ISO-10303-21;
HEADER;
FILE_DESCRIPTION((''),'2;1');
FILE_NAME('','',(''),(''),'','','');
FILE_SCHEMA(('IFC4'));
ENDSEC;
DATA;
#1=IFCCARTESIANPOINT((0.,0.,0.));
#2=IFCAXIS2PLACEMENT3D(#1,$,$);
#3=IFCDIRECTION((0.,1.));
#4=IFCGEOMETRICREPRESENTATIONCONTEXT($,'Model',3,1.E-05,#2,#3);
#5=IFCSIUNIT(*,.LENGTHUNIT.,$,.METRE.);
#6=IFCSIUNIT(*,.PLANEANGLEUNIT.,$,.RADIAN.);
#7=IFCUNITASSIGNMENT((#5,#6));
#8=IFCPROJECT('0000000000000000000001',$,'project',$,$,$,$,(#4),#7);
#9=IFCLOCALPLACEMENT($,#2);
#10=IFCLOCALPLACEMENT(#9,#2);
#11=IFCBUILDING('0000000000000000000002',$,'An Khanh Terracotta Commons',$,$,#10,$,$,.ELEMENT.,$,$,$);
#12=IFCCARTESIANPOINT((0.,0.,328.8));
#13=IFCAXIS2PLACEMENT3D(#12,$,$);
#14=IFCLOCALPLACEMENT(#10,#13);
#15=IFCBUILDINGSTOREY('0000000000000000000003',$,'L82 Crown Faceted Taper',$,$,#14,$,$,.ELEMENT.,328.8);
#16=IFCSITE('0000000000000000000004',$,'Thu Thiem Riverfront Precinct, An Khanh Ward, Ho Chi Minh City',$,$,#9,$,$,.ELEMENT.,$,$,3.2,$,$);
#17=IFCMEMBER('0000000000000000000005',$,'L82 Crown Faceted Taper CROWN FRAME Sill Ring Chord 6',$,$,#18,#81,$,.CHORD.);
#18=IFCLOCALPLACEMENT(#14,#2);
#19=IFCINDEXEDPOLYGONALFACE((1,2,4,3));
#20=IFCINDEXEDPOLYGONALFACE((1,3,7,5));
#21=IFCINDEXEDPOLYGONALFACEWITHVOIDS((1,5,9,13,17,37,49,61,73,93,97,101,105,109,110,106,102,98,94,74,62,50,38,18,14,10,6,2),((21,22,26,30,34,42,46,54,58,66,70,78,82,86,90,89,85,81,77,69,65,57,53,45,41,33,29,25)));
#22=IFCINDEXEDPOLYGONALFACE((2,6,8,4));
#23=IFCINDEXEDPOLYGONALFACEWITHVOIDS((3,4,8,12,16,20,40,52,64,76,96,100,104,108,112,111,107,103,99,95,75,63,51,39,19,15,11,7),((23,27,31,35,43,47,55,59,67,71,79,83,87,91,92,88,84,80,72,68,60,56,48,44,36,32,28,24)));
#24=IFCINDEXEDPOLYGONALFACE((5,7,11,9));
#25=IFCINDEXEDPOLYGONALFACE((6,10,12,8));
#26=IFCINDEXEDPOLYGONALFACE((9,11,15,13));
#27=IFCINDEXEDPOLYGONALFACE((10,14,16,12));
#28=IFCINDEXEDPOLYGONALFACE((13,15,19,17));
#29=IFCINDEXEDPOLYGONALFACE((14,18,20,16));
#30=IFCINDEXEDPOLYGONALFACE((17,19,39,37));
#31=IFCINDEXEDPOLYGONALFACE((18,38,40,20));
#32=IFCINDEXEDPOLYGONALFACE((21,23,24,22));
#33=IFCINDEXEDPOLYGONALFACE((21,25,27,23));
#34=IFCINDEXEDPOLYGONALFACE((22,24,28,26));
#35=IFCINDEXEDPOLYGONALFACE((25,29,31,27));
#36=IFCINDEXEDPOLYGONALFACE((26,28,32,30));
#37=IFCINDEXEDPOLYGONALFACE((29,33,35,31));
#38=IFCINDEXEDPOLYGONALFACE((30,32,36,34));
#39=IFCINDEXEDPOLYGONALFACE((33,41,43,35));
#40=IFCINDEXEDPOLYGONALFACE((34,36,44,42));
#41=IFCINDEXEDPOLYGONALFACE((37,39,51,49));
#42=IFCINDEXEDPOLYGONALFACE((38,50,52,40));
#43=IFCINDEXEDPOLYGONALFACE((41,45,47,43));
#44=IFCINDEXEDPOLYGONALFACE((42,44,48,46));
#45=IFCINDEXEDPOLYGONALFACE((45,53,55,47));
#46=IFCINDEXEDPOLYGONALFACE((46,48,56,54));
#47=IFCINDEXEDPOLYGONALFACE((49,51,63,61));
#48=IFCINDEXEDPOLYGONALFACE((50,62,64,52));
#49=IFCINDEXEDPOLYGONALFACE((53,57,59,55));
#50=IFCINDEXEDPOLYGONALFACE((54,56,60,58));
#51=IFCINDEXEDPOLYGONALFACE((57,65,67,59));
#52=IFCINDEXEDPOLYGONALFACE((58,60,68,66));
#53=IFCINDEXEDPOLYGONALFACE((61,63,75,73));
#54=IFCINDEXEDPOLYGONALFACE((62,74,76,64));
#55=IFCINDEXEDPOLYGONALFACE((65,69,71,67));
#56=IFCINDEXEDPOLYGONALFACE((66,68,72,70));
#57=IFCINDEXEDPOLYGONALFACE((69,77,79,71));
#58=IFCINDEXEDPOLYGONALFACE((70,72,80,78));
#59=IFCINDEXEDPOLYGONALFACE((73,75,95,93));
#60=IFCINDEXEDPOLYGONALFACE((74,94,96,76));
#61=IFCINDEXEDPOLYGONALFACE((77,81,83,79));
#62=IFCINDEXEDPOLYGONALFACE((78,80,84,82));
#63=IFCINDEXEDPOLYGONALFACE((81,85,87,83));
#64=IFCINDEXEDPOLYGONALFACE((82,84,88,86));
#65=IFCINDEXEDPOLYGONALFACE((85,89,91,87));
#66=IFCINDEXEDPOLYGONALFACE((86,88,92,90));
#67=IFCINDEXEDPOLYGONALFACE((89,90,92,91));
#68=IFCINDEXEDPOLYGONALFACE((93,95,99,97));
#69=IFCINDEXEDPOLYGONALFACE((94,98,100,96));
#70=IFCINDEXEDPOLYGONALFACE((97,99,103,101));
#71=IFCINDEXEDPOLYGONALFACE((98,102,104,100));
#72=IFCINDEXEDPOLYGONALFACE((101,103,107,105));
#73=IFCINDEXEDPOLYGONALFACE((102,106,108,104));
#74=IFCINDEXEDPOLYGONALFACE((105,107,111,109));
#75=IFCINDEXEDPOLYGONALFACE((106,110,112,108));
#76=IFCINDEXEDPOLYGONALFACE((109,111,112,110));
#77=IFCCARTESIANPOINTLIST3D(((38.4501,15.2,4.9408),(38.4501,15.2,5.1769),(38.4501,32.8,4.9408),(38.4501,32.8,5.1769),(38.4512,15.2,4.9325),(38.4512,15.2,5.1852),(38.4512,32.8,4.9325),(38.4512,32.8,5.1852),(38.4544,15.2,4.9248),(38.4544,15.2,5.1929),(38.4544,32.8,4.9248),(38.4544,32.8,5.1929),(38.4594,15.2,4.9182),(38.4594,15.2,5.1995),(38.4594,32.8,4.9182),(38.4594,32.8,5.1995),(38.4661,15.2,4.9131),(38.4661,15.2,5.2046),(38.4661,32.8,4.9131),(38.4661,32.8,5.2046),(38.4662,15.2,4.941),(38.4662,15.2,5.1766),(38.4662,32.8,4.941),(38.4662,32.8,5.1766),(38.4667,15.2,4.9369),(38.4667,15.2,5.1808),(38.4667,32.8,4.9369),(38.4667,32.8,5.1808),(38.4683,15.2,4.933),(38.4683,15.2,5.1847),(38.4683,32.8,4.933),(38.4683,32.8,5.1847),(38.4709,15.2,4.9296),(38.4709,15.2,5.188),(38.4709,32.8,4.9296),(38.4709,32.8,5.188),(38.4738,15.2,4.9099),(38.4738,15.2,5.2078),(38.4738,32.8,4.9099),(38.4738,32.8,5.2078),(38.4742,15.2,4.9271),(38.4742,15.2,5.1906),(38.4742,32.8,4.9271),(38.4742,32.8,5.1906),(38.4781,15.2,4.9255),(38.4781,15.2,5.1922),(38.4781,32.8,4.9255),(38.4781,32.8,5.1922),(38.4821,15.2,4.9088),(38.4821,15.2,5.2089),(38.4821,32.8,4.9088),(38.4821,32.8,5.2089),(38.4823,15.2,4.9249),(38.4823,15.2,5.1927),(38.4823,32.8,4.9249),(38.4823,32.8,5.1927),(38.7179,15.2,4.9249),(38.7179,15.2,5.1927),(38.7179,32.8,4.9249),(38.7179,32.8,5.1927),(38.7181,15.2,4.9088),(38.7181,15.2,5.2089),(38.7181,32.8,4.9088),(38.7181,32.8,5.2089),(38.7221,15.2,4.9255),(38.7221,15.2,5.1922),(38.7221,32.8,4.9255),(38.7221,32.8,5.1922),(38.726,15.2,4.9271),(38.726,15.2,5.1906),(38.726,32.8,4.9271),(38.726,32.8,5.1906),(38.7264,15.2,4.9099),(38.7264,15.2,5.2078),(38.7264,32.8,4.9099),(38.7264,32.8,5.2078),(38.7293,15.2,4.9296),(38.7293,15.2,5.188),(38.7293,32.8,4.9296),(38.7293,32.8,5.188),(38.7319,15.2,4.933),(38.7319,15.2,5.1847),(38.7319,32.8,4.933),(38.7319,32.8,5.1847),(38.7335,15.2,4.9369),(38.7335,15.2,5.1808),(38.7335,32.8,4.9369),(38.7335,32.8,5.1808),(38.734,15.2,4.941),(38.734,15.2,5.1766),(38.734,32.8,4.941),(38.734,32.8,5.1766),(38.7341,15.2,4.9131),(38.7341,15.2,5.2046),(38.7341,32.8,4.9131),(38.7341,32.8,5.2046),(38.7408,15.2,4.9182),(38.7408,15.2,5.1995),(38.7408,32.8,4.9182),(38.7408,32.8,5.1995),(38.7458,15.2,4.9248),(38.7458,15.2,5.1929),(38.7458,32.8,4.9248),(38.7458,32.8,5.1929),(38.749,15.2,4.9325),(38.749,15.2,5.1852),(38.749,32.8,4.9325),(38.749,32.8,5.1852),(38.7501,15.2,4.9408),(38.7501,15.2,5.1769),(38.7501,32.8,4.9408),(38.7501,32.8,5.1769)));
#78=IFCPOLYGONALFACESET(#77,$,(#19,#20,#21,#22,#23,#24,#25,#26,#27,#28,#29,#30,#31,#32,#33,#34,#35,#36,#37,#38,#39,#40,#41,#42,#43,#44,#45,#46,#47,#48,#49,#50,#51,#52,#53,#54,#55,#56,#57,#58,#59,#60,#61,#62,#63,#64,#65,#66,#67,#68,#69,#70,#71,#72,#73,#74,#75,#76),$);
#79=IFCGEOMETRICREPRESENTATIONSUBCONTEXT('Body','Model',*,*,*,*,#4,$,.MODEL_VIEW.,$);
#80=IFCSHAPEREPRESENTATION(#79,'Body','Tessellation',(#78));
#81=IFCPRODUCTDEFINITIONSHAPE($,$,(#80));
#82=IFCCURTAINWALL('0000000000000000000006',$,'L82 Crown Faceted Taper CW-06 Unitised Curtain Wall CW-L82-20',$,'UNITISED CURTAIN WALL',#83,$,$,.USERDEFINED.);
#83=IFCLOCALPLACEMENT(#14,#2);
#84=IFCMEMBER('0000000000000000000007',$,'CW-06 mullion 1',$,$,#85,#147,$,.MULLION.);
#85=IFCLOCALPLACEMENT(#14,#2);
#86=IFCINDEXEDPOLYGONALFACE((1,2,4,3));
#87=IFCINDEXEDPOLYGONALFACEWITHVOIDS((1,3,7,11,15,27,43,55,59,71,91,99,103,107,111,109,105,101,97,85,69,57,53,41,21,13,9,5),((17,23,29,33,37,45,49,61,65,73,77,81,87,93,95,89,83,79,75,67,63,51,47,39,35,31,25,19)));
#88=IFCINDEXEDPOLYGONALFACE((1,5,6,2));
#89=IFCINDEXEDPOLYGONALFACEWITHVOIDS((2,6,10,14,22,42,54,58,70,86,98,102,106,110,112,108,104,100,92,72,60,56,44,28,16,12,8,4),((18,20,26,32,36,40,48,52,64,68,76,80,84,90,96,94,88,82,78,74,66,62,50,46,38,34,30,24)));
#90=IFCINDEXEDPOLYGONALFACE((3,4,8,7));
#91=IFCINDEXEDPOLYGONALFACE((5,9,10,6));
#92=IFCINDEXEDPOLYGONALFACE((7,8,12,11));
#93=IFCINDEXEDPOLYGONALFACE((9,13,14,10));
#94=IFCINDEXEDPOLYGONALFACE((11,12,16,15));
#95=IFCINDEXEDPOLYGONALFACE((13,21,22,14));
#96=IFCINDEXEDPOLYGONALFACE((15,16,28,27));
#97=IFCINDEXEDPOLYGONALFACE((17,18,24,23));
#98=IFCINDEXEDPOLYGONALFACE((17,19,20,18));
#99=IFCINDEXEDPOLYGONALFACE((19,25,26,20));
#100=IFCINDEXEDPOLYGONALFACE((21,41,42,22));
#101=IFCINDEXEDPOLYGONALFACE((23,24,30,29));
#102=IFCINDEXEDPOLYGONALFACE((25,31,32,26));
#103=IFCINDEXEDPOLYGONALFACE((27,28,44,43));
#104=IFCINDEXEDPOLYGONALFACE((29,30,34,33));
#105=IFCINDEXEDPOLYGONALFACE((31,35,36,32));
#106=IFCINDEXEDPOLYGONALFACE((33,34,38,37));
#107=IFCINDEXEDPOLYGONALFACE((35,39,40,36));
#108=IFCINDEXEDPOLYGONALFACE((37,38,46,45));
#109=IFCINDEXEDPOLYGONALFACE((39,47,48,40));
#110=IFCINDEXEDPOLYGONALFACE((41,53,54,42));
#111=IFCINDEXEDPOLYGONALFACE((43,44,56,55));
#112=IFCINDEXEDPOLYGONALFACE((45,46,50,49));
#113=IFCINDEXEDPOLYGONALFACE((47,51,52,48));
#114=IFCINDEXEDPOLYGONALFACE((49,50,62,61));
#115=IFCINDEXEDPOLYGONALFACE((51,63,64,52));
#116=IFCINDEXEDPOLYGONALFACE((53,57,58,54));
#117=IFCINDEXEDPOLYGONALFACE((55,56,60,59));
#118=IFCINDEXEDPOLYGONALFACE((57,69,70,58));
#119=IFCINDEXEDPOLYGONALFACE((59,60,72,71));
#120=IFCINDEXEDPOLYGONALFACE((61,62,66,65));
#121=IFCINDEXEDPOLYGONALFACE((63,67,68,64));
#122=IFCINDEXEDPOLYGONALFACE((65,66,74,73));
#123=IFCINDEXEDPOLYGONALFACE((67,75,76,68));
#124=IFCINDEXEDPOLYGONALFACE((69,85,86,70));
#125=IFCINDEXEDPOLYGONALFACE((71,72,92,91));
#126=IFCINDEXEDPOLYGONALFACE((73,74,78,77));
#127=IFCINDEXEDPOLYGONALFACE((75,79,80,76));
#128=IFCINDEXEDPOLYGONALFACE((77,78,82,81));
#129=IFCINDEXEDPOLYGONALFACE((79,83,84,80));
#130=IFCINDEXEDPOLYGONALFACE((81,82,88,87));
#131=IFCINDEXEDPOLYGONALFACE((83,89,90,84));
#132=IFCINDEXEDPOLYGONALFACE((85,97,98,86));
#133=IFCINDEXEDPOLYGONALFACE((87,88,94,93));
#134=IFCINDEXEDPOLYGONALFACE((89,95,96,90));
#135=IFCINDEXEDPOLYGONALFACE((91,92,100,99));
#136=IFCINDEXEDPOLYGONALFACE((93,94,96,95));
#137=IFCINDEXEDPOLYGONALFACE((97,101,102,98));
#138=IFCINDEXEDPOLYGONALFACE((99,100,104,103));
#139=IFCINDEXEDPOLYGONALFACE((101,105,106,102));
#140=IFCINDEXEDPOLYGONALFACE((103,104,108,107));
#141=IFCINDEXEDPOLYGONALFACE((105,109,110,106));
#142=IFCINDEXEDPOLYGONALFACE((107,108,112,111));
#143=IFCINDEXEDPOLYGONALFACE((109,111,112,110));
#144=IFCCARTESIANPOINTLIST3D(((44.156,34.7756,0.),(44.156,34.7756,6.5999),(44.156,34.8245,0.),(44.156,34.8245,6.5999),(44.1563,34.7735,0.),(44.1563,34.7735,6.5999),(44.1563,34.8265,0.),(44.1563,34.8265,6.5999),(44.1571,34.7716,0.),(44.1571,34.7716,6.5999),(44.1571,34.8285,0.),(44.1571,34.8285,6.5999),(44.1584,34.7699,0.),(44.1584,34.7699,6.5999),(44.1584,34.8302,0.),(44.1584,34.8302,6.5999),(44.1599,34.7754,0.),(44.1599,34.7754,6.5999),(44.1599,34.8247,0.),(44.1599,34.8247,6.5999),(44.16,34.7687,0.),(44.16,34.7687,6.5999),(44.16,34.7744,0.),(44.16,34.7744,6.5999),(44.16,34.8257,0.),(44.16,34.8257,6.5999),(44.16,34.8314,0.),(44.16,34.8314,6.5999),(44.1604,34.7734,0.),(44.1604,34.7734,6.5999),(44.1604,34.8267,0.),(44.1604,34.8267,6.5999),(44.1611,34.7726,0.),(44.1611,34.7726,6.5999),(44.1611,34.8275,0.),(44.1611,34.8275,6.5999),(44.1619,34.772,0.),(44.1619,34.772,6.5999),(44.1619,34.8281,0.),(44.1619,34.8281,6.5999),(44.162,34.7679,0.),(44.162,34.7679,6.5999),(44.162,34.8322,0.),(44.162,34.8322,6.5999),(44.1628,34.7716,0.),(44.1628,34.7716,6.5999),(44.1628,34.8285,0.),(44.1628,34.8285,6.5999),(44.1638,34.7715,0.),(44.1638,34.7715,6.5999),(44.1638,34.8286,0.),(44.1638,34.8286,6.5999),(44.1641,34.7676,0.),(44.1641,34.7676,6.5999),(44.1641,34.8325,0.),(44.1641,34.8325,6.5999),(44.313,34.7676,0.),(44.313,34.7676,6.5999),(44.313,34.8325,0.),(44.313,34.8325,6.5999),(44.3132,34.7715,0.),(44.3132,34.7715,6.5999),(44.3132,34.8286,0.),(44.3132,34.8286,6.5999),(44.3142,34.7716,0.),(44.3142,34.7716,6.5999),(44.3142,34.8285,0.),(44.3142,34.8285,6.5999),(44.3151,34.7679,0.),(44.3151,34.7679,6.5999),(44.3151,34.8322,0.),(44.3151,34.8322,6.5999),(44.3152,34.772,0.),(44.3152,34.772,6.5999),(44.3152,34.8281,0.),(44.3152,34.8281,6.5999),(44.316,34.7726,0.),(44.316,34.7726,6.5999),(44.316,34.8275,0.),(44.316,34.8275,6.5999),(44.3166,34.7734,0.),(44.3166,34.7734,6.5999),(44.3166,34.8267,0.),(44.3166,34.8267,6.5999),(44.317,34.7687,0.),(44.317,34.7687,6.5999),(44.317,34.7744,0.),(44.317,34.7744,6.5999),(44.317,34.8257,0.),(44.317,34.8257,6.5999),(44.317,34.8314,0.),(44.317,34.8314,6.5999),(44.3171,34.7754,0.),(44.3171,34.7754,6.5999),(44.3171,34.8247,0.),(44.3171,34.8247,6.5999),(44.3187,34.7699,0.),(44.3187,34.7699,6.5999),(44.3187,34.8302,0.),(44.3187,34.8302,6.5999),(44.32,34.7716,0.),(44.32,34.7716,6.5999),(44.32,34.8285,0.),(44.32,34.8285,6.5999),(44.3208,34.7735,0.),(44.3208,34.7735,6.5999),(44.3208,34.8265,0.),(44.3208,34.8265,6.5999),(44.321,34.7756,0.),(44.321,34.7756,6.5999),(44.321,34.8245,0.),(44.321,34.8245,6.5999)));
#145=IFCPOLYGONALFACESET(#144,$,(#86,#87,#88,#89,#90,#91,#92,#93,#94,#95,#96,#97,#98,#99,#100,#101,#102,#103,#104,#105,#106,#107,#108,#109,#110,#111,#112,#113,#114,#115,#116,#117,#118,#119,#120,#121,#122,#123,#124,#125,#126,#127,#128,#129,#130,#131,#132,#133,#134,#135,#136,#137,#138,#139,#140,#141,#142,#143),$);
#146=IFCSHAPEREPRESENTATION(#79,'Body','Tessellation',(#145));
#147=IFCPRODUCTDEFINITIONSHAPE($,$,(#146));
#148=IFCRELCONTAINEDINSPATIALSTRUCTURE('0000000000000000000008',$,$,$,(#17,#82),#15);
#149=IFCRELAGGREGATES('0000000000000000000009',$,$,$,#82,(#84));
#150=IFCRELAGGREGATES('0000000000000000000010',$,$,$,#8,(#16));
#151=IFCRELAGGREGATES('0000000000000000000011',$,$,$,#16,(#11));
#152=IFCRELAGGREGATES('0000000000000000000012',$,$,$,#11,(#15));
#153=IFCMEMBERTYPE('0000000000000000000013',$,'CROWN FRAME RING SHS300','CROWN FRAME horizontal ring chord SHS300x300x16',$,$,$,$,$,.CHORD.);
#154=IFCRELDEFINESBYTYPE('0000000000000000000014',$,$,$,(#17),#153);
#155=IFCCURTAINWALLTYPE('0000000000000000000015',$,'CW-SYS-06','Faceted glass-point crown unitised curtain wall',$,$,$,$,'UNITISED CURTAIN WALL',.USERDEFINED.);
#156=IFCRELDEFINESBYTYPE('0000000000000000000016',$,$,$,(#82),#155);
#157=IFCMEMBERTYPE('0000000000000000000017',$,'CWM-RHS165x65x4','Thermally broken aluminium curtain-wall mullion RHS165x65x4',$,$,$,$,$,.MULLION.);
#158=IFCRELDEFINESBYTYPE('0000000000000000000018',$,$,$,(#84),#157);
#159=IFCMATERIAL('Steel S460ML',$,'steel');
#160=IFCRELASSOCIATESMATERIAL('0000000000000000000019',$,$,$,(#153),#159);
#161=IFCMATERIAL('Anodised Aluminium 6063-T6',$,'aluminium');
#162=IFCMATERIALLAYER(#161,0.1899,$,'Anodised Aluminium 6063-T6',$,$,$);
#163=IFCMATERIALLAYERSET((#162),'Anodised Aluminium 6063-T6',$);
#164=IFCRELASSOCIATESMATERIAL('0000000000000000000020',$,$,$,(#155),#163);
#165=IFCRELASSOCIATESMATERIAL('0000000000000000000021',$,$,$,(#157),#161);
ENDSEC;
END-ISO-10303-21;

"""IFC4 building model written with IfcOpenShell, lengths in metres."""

from ifc_helpers import new_model, si_unit, direction, frame, origin, origin_2d, place, context, subcontext, project, spatial, hollow_rectangle, extrude, material, layer, layer_set, material_profile, profile_set, type_object, element, aggregate, save


model = new_model("IFC4")

# Units and contexts
model_context = context("Model", 3, precision=1e-05, world=origin(), true_north=direction((0.0, 1.0)))
body_context = subcontext(model_context, "Body", "Model", "MODEL_VIEW")
ifc_project = project(units=[si_unit("LENGTHUNIT", "METRE"), si_unit("PLANEANGLEUNIT", "RADIAN")], contexts=[model_context])

# Site, building, storey
site_placement = place(None, origin())
site = spatial("IfcSite", under=ifc_project, at=site_placement, Name="Thu Thiem Riverfront Precinct, An Khanh Ward, Ho Chi Minh City", CompositionType="ELEMENT", RefElevation=3.2)
building_placement = place(site_placement, origin())
building = spatial("IfcBuilding", under=site, at=building_placement, Name="An Khanh Terracotta Commons", CompositionType="ELEMENT")
storey_placement = place(building_placement, frame((0.0, 0.0, 328.8)))
storey = spatial("IfcBuildingStorey", under=building, at=storey_placement, Name="L82 Crown Faceted Taper", CompositionType="ELEMENT", Elevation=328.8)

# Member
ifc_material_1 = material(Name="Steel S460ML", Category="steel")
ifc_material_profile_1 = material_profile(ifc_material_1, hollow_rectangle(XDim=0.3, YDim=0.3, WallThickness=0.0161, InnerFilletRadius=0.0161, OuterFilletRadius=0.032, at=origin_2d()), Name="SHS300x300x16")
ifc_profile_set_1 = profile_set([ifc_material_profile_1], Name="Steel S460ML")
member_type_1 = type_object("IfcMemberType", Name="CROWN FRAME RING SHS300", Description="CROWN FRAME horizontal ring chord SHS300x300x16", PredefinedType="CHORD", material=ifc_profile_set_1)
member_1_placement = place(storey_placement, frame((38.6001, 32.8, 5.0588), z_axis=(0.0, -1.0, 0.0), x_axis=(1.0, 0.0, 0.0)))
element("IfcMember", 1, at=member_1_placement, inside=storey, type_object=member_type_1, Name="L82 Crown Faceted Taper CROWN FRAME Sill Ring Chord 6", PredefinedType="CHORD", context=body_context, shape_type="SweptSolid", body=[
    extrude(hollow_rectangle(XDim=0.3, YDim=0.3, WallThickness=0.0161, InnerFilletRadius=0.0161, OuterFilletRadius=0.032, at=origin_2d()), origin(), (0.0, 0.0, 1.0), 17.6001),
])

# Curtain wall, member
ifc_material_2 = material(Name="Anodised Aluminium 6063-T6", Category="aluminium")
ifc_layer_1 = layer(ifc_material_2, 0.1899, Name="Anodised Aluminium 6063-T6")
ifc_layer_set_1 = layer_set([ifc_layer_1], Name="Anodised Aluminium 6063-T6")
curtain_wall_type = type_object("IfcCurtainWallType", Name="CW-SYS-06", Description="Faceted glass-point crown unitised curtain wall", ElementType="UNITISED CURTAIN WALL", PredefinedType="USERDEFINED", material=ifc_layer_set_1)
curtain_wall_placement = place(storey_placement, origin())
curtain_wall = element("IfcCurtainWall", 2, at=curtain_wall_placement, inside=storey, type_object=curtain_wall_type, Name="L82 Crown Faceted Taper CW-06 Unitised Curtain Wall CW-L82-20", ObjectType="UNITISED CURTAIN WALL", PredefinedType="USERDEFINED")
ifc_material_profile_2 = material_profile(ifc_material_2, hollow_rectangle(XDim=0.0649, YDim=0.165, WallThickness=0.0039, InnerFilletRadius=0.0039, OuterFilletRadius=0.0081, at=origin_2d()), Name="RHS165x65x4")
ifc_profile_set_2 = profile_set([ifc_material_profile_2], Name="Anodised Aluminium 6063-T6")
member_type_2 = type_object("IfcMemberType", Name="CWM-RHS165x65x4", Description="Thermally broken aluminium curtain-wall mullion RHS165x65x4", PredefinedType="MULLION", material=ifc_profile_set_2)
member_2_placement = place(storey_placement, frame((44.2385, 34.8, 0.0), z_axis=(0.0, 0.0, 1.0), x_axis=(0.0, -1.0, 0.0)))
member_2 = element("IfcMember", 3, at=member_2_placement, type_object=member_type_2, Name="CW-06 mullion 1", PredefinedType="MULLION", context=body_context, shape_type="SweptSolid", body=[
    extrude(hollow_rectangle(XDim=0.0649, YDim=0.165, WallThickness=0.0039, InnerFilletRadius=0.0039, OuterFilletRadius=0.0081, at=origin_2d()), origin(), (0.0, 0.0, 1.0), 6.5999),
])

aggregate(curtain_wall, [member_2])

save(model, "model.ifc")
